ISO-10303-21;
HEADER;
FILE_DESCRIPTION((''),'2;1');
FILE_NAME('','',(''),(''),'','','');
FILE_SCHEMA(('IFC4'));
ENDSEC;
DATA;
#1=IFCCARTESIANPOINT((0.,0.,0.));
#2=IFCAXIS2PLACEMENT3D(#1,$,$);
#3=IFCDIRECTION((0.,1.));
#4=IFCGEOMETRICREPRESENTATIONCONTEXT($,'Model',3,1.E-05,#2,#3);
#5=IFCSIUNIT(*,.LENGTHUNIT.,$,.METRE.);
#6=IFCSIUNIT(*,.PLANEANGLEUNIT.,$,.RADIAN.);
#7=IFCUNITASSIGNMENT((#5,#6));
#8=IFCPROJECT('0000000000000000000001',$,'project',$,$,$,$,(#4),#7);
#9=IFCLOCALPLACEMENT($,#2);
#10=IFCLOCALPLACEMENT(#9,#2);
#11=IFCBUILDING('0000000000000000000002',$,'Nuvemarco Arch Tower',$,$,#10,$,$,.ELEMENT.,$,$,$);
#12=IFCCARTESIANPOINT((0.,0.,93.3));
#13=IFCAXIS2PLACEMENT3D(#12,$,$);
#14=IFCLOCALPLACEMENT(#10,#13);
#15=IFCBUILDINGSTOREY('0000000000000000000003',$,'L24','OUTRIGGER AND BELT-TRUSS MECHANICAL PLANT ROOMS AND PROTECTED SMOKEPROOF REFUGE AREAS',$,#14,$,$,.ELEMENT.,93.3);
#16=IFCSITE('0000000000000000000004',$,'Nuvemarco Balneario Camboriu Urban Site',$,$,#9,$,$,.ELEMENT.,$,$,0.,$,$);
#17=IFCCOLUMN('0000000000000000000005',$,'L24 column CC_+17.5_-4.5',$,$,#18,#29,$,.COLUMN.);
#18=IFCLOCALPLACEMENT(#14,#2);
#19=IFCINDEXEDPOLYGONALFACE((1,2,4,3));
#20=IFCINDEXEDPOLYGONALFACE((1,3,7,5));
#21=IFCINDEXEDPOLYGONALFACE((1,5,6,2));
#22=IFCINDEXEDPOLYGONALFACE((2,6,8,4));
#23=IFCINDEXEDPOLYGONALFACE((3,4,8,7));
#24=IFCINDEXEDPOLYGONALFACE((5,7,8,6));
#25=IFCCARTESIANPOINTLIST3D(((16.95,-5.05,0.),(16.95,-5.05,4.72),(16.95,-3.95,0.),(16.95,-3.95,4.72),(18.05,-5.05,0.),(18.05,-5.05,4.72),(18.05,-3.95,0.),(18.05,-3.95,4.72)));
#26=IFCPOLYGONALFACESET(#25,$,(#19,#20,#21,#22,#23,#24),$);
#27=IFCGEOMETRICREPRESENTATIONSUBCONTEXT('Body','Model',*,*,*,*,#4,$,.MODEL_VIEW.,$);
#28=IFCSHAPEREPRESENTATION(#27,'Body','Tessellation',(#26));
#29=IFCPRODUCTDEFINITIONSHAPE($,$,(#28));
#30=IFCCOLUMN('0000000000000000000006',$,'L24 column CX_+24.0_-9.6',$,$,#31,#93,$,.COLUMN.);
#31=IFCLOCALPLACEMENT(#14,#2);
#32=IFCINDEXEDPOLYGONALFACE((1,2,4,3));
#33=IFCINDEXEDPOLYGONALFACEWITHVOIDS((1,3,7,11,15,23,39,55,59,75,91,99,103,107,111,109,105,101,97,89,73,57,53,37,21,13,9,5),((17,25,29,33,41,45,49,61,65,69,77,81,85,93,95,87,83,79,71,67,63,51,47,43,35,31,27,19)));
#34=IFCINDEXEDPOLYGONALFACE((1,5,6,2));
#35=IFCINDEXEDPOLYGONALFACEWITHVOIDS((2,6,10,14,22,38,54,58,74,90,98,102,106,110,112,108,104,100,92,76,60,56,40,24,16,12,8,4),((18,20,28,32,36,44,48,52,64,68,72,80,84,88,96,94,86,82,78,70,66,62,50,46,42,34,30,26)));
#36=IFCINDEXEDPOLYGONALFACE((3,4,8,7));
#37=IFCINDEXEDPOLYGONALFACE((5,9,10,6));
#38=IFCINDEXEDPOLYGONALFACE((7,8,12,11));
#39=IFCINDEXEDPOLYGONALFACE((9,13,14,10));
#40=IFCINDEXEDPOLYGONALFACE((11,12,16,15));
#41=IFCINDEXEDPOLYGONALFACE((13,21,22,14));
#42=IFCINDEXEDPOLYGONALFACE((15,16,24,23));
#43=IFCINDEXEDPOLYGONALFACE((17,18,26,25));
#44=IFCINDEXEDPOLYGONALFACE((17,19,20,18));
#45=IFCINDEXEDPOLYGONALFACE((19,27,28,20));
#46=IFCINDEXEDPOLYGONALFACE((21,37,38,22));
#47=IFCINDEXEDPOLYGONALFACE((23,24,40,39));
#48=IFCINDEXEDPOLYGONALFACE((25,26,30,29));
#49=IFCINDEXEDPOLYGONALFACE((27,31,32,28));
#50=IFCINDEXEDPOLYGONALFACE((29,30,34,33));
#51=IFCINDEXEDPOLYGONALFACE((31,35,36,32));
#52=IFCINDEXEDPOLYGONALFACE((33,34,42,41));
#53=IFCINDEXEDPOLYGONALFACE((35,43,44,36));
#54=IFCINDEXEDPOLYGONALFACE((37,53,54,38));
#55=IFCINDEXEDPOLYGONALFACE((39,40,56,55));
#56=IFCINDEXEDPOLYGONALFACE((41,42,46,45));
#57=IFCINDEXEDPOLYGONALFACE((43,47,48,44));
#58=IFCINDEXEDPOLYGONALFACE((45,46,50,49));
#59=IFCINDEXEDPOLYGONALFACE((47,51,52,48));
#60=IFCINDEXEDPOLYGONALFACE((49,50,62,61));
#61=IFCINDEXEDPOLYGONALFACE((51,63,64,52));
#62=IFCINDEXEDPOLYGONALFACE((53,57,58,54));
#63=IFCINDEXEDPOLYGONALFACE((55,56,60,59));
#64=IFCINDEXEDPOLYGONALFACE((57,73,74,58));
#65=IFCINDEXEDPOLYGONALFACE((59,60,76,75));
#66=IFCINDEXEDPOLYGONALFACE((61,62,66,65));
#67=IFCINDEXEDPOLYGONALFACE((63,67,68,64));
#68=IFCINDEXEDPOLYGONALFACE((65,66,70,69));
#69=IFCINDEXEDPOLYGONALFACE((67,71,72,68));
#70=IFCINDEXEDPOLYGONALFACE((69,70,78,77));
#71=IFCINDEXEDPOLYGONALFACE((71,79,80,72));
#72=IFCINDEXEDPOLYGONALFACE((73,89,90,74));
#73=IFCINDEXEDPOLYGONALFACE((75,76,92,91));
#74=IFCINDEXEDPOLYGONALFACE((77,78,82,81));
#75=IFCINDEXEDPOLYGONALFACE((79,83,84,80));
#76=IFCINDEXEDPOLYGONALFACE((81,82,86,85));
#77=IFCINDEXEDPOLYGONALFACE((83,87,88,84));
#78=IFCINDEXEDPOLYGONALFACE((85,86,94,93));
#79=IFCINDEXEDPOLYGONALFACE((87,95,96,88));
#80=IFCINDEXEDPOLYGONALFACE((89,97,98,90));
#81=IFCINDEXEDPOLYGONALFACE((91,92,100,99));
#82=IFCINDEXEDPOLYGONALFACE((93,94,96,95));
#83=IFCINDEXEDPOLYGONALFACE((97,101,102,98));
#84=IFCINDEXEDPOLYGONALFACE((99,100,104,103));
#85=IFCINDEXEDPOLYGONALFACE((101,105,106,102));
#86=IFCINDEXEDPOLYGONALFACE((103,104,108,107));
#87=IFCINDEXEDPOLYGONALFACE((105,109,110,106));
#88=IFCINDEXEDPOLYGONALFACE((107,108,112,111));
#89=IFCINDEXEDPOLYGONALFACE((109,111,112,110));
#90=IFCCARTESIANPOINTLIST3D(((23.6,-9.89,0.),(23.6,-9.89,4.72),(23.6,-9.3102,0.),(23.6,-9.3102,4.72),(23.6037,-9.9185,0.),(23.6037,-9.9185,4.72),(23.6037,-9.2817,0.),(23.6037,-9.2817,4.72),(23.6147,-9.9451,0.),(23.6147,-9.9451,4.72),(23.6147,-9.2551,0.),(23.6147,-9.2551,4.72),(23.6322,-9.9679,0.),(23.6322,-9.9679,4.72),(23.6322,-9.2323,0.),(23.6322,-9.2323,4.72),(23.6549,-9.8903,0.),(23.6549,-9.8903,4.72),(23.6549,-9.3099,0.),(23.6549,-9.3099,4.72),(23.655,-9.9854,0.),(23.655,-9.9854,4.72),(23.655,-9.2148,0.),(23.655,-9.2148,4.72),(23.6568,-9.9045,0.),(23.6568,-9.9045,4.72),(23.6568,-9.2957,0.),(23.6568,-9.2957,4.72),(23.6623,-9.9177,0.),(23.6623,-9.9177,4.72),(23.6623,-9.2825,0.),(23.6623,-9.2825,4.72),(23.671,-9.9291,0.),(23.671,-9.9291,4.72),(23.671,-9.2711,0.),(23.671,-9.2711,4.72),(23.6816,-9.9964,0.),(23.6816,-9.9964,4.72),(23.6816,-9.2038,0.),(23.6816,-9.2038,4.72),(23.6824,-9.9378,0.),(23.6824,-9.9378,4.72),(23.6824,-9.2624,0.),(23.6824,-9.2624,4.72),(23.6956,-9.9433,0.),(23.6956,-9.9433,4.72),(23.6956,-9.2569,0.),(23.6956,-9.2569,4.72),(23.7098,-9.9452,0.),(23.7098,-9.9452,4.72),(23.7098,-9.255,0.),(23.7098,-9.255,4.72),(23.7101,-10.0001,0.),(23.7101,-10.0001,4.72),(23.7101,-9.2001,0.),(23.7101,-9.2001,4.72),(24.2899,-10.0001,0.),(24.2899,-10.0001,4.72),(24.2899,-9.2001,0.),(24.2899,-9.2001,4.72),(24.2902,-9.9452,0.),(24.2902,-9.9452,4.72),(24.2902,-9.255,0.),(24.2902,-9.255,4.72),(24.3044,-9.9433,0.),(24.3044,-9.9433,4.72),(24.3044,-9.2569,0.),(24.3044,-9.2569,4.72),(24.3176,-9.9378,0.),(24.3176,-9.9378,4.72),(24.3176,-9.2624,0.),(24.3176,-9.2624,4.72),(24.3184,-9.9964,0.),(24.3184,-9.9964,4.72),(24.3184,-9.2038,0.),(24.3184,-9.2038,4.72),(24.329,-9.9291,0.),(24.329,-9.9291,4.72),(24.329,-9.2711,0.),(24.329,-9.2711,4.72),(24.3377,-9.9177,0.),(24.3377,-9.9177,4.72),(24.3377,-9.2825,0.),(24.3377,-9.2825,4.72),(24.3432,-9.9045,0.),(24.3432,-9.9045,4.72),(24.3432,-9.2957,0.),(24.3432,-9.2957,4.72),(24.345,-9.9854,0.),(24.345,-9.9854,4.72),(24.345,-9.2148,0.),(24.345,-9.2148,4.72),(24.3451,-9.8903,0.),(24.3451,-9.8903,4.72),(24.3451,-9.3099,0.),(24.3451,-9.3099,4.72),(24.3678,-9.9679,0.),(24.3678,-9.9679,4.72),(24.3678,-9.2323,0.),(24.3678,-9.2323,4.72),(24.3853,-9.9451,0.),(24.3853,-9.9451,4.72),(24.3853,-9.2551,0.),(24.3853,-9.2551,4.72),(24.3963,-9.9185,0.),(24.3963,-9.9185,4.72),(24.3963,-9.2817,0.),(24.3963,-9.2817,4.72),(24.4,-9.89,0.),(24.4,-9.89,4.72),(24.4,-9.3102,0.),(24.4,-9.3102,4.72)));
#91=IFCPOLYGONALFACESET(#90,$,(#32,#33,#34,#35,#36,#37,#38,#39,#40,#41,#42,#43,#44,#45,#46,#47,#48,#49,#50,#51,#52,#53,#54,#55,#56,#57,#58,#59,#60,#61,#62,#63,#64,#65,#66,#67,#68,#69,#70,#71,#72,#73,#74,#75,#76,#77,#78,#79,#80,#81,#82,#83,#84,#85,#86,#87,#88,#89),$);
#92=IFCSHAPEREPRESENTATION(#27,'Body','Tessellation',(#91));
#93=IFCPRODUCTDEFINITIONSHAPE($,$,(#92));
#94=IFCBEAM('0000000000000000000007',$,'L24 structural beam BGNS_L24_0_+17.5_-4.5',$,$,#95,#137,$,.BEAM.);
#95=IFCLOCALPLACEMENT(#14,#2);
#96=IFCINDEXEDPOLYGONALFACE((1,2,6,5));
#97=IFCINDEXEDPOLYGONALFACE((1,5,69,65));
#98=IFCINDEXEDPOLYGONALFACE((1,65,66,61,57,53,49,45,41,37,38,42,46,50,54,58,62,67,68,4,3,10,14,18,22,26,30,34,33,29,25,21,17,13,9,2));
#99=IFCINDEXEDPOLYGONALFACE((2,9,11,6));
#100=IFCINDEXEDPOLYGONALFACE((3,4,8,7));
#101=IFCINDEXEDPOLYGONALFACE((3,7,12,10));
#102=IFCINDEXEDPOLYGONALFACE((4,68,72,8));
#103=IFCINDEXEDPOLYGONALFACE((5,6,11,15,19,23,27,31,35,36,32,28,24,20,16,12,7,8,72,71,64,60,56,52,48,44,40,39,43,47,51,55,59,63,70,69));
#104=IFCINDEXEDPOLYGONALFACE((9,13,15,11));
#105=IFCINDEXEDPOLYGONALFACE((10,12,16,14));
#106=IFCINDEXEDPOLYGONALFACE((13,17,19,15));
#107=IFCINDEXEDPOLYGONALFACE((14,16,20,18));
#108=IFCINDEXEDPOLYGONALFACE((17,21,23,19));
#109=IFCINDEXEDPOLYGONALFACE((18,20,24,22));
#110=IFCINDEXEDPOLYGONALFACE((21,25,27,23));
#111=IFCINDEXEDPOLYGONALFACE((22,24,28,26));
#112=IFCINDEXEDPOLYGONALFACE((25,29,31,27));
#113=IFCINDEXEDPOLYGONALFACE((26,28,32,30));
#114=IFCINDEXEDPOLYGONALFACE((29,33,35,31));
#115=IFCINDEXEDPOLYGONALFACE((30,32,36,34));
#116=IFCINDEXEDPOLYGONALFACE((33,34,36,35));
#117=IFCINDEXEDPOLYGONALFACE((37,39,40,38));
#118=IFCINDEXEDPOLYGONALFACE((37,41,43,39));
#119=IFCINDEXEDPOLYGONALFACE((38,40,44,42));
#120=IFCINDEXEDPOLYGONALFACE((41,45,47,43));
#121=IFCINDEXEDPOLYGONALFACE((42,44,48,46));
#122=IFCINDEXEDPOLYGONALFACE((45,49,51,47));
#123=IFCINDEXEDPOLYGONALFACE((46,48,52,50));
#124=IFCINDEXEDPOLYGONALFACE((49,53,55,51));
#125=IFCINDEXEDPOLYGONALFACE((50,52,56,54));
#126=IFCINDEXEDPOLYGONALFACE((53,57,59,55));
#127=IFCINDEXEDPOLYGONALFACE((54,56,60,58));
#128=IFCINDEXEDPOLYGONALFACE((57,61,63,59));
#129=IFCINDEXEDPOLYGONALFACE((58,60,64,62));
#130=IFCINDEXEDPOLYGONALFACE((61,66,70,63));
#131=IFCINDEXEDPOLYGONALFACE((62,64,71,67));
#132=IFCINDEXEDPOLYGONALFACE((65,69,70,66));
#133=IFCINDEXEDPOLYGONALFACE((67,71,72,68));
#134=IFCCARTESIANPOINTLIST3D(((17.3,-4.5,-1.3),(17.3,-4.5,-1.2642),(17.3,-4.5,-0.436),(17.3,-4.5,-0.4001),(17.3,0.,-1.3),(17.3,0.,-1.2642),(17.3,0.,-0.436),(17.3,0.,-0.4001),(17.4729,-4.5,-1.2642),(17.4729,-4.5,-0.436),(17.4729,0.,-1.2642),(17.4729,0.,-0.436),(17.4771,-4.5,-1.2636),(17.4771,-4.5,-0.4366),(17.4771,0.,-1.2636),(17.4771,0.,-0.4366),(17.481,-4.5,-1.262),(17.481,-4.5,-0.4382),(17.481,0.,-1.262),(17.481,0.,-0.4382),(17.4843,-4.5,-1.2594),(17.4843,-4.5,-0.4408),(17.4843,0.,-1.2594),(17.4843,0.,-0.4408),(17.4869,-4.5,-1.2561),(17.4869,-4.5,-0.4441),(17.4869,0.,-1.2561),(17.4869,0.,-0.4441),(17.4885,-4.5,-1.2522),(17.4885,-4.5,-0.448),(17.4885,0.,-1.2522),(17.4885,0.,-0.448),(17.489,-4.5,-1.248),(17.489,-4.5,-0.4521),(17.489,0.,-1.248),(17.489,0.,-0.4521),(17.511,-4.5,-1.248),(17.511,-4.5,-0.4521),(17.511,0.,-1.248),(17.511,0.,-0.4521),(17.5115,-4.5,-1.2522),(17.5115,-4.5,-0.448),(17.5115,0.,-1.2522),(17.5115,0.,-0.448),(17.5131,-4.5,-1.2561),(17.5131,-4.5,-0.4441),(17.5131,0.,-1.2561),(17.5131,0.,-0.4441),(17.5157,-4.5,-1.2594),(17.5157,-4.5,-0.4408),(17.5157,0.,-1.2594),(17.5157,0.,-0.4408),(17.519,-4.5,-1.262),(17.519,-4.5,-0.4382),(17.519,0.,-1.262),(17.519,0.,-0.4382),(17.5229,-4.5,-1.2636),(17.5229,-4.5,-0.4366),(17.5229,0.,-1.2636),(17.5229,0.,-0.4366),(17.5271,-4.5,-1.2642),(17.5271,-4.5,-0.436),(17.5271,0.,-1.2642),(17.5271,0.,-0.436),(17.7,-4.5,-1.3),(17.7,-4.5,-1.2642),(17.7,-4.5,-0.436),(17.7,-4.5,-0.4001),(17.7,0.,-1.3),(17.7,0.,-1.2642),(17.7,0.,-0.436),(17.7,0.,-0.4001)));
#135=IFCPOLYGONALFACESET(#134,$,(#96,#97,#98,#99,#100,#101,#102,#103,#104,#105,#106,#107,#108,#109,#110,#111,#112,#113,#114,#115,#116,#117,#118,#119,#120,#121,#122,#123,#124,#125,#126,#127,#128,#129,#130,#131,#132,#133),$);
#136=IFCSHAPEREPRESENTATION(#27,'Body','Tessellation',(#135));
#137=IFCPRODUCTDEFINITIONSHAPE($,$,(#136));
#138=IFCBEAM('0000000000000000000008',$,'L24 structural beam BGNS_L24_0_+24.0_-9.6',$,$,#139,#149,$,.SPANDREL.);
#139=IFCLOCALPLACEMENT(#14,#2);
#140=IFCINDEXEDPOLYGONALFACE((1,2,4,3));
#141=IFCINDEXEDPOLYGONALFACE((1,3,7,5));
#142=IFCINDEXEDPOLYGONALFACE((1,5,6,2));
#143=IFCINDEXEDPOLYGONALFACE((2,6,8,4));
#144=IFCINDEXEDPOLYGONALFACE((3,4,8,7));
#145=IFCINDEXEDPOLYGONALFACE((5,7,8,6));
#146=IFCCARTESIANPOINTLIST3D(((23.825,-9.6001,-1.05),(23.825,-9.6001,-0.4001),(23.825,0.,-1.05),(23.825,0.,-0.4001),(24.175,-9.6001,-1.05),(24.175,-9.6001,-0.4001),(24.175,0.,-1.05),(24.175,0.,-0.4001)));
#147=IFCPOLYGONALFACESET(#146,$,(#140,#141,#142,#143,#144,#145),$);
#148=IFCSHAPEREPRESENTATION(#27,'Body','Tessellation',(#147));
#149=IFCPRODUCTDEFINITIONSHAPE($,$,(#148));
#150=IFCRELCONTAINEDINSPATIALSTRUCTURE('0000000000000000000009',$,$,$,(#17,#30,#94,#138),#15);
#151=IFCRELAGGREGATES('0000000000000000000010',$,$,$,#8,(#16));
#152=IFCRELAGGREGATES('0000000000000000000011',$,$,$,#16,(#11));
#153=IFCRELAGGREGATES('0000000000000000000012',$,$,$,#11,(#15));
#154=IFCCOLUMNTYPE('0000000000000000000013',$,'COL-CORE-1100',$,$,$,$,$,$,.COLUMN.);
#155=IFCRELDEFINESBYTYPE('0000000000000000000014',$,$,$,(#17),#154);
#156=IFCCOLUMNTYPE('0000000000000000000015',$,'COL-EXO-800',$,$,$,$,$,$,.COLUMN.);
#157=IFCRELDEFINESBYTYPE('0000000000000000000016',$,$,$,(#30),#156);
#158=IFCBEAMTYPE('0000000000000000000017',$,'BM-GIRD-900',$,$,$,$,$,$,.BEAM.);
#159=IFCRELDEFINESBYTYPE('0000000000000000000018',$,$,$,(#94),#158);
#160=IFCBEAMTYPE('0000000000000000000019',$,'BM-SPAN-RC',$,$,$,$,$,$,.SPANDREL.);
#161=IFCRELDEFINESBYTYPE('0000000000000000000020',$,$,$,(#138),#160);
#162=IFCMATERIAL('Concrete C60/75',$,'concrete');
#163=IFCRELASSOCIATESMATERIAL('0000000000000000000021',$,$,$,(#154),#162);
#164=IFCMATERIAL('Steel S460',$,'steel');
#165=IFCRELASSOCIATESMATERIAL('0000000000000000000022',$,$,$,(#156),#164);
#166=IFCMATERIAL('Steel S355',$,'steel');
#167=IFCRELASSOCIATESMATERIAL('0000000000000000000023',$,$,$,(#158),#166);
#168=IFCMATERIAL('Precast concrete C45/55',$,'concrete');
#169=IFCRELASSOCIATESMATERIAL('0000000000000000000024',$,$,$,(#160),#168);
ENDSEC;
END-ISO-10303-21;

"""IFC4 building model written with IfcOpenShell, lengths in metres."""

from ifc_helpers import new_model, si_unit, direction, frame, origin, origin_2d, place, context, subcontext, project, spatial, rectangle, hollow_rectangle, i_section, extrude, material, material_profile, profile_set, type_object, element, save


model = new_model("IFC4")

# Units and contexts
model_context = context("Model", 3, precision=1e-05, world=origin(), true_north=direction((0.0, 1.0)))
body_context = subcontext(model_context, "Body", "Model", "MODEL_VIEW")
ifc_project = project(units=[si_unit("LENGTHUNIT", "METRE"), si_unit("PLANEANGLEUNIT", "RADIAN")], contexts=[model_context])

# Site, building, storey
site_placement = place(None, origin())
site = spatial("IfcSite", under=ifc_project, at=site_placement, Name="Nuvemarco Balneario Camboriu Urban Site", CompositionType="ELEMENT", RefElevation=0.0)
building_placement = place(site_placement, origin())
building = spatial("IfcBuilding", under=site, at=building_placement, Name="Nuvemarco Arch Tower", CompositionType="ELEMENT")
storey_placement = place(building_placement, frame((0.0, 0.0, 93.3)))
storey = spatial("IfcBuildingStorey", under=building, at=storey_placement, Name="L24", Description="OUTRIGGER AND BELT-TRUSS MECHANICAL PLANT ROOMS AND PROTECTED SMOKEPROOF REFUGE AREAS", CompositionType="ELEMENT", Elevation=93.3)

# Columns
ifc_material_1 = material(Name="Concrete C60/75", Category="concrete")
ifc_material_profile_1 = material_profile(ifc_material_1, rectangle(XDim=1.1001, YDim=1.1001, at=origin_2d()), Name="RC-COL-1100x1100")
ifc_profile_set_1 = profile_set([ifc_material_profile_1], Name="Concrete C60/75")
column_type_1 = type_object("IfcColumnType", Name="COL-CORE-1100", PredefinedType="COLUMN", material=ifc_profile_set_1)
column_1_placement = place(storey_placement, frame((17.5, -4.5, 0.0), z_axis=(0.0, 0.0, 1.0), x_axis=(1.0, 0.0, 0.0)))
element("IfcColumn", 1, at=column_1_placement, inside=storey, type_object=column_type_1, Name="L24 column CC_+17.5_-4.5", PredefinedType="COLUMN", context=body_context, shape_type="SweptSolid", body=[
    extrude(rectangle(XDim=1.1001, YDim=1.1001, at=origin_2d()), origin(), (0.0, 0.0, 1.0), 4.72),
])
ifc_material_2 = material(Name="Steel S460", Category="steel")
ifc_material_profile_2 = material_profile(ifc_material_2, hollow_rectangle(XDim=0.8, YDim=0.8, WallThickness=0.0549, InnerFilletRadius=0.0549, OuterFilletRadius=0.1101, at=origin_2d()), Name="SHS800x800x55")
ifc_profile_set_2 = profile_set([ifc_material_profile_2], Name="Steel S460")
column_type_2 = type_object("IfcColumnType", Name="COL-EXO-800", PredefinedType="COLUMN", material=ifc_profile_set_2)
column_2_placement = place(storey_placement, frame((24.0, -9.6001, 0.0), z_axis=(0.0, 0.0, 1.0), x_axis=(1.0, 0.0, 0.0)))
element("IfcColumn", 2, at=column_2_placement, inside=storey, type_object=column_type_2, Name="L24 column CX_+24.0_-9.6", PredefinedType="COLUMN", context=body_context, shape_type="SweptSolid", body=[
    extrude(hollow_rectangle(XDim=0.8, YDim=0.8, WallThickness=0.0549, InnerFilletRadius=0.0549, OuterFilletRadius=0.1101, at=origin_2d()), origin(), (0.0, 0.0, 1.0), 4.72),
])

# Beams
ifc_material_3 = material(Name="Steel S355", Category="steel")
ifc_material_profile_3 = material_profile(ifc_material_3, i_section(OverallWidth=0.3999, OverallDepth=0.8999, WebThickness=0.022, FlangeThickness=0.0359, FilletRadius=0.0161, at=origin_2d()), Name="PG900x400")
ifc_profile_set_3 = profile_set([ifc_material_profile_3], Name="Steel S355")
beam_type_1 = type_object("IfcBeamType", Name="BM-GIRD-900", PredefinedType="BEAM", material=ifc_profile_set_3)
beam_1_placement = place(storey_placement, frame((17.5, -4.5, -0.8501), z_axis=(0.0, 1.0, 0.0), x_axis=(-1.0, 0.0, 0.0)))
element("IfcBeam", 3, at=beam_1_placement, inside=storey, type_object=beam_type_1, Name="L24 structural beam BGNS_L24_0_+17.5_-4.5", PredefinedType="BEAM", context=body_context, shape_type="SweptSolid", body=[
    extrude(i_section(OverallWidth=0.3999, OverallDepth=0.8999, WebThickness=0.022, FlangeThickness=0.0359, FilletRadius=0.0161, at=origin_2d()), origin(), (0.0, 0.0, 1.0), 4.5),
])
ifc_material_4 = material(Name="Precast concrete C45/55", Category="concrete")
ifc_material_profile_4 = material_profile(ifc_material_4, rectangle(XDim=0.3501, YDim=0.6499, at=origin_2d()), Name="PC-SP-350x650")
ifc_profile_set_4 = profile_set([ifc_material_profile_4], Name="Precast concrete C45/55")
beam_type_2 = type_object("IfcBeamType", Name="BM-SPAN-RC", PredefinedType="SPANDREL", material=ifc_profile_set_4)
beam_2_placement = place(storey_placement, frame((24.0, -9.6001, -0.7251), z_axis=(0.0, 1.0, 0.0), x_axis=(-1.0, 0.0, 0.0)))
element("IfcBeam", 4, at=beam_2_placement, inside=storey, type_object=beam_type_2, Name="L24 structural beam BGNS_L24_0_+24.0_-9.6", PredefinedType="SPANDREL", context=body_context, shape_type="SweptSolid", body=[
    extrude(rectangle(XDim=0.3501, YDim=0.6499, at=origin_2d()), origin(), (0.0, 0.0, 1.0), 9.6001),
])

save(model, "model.ifc")
